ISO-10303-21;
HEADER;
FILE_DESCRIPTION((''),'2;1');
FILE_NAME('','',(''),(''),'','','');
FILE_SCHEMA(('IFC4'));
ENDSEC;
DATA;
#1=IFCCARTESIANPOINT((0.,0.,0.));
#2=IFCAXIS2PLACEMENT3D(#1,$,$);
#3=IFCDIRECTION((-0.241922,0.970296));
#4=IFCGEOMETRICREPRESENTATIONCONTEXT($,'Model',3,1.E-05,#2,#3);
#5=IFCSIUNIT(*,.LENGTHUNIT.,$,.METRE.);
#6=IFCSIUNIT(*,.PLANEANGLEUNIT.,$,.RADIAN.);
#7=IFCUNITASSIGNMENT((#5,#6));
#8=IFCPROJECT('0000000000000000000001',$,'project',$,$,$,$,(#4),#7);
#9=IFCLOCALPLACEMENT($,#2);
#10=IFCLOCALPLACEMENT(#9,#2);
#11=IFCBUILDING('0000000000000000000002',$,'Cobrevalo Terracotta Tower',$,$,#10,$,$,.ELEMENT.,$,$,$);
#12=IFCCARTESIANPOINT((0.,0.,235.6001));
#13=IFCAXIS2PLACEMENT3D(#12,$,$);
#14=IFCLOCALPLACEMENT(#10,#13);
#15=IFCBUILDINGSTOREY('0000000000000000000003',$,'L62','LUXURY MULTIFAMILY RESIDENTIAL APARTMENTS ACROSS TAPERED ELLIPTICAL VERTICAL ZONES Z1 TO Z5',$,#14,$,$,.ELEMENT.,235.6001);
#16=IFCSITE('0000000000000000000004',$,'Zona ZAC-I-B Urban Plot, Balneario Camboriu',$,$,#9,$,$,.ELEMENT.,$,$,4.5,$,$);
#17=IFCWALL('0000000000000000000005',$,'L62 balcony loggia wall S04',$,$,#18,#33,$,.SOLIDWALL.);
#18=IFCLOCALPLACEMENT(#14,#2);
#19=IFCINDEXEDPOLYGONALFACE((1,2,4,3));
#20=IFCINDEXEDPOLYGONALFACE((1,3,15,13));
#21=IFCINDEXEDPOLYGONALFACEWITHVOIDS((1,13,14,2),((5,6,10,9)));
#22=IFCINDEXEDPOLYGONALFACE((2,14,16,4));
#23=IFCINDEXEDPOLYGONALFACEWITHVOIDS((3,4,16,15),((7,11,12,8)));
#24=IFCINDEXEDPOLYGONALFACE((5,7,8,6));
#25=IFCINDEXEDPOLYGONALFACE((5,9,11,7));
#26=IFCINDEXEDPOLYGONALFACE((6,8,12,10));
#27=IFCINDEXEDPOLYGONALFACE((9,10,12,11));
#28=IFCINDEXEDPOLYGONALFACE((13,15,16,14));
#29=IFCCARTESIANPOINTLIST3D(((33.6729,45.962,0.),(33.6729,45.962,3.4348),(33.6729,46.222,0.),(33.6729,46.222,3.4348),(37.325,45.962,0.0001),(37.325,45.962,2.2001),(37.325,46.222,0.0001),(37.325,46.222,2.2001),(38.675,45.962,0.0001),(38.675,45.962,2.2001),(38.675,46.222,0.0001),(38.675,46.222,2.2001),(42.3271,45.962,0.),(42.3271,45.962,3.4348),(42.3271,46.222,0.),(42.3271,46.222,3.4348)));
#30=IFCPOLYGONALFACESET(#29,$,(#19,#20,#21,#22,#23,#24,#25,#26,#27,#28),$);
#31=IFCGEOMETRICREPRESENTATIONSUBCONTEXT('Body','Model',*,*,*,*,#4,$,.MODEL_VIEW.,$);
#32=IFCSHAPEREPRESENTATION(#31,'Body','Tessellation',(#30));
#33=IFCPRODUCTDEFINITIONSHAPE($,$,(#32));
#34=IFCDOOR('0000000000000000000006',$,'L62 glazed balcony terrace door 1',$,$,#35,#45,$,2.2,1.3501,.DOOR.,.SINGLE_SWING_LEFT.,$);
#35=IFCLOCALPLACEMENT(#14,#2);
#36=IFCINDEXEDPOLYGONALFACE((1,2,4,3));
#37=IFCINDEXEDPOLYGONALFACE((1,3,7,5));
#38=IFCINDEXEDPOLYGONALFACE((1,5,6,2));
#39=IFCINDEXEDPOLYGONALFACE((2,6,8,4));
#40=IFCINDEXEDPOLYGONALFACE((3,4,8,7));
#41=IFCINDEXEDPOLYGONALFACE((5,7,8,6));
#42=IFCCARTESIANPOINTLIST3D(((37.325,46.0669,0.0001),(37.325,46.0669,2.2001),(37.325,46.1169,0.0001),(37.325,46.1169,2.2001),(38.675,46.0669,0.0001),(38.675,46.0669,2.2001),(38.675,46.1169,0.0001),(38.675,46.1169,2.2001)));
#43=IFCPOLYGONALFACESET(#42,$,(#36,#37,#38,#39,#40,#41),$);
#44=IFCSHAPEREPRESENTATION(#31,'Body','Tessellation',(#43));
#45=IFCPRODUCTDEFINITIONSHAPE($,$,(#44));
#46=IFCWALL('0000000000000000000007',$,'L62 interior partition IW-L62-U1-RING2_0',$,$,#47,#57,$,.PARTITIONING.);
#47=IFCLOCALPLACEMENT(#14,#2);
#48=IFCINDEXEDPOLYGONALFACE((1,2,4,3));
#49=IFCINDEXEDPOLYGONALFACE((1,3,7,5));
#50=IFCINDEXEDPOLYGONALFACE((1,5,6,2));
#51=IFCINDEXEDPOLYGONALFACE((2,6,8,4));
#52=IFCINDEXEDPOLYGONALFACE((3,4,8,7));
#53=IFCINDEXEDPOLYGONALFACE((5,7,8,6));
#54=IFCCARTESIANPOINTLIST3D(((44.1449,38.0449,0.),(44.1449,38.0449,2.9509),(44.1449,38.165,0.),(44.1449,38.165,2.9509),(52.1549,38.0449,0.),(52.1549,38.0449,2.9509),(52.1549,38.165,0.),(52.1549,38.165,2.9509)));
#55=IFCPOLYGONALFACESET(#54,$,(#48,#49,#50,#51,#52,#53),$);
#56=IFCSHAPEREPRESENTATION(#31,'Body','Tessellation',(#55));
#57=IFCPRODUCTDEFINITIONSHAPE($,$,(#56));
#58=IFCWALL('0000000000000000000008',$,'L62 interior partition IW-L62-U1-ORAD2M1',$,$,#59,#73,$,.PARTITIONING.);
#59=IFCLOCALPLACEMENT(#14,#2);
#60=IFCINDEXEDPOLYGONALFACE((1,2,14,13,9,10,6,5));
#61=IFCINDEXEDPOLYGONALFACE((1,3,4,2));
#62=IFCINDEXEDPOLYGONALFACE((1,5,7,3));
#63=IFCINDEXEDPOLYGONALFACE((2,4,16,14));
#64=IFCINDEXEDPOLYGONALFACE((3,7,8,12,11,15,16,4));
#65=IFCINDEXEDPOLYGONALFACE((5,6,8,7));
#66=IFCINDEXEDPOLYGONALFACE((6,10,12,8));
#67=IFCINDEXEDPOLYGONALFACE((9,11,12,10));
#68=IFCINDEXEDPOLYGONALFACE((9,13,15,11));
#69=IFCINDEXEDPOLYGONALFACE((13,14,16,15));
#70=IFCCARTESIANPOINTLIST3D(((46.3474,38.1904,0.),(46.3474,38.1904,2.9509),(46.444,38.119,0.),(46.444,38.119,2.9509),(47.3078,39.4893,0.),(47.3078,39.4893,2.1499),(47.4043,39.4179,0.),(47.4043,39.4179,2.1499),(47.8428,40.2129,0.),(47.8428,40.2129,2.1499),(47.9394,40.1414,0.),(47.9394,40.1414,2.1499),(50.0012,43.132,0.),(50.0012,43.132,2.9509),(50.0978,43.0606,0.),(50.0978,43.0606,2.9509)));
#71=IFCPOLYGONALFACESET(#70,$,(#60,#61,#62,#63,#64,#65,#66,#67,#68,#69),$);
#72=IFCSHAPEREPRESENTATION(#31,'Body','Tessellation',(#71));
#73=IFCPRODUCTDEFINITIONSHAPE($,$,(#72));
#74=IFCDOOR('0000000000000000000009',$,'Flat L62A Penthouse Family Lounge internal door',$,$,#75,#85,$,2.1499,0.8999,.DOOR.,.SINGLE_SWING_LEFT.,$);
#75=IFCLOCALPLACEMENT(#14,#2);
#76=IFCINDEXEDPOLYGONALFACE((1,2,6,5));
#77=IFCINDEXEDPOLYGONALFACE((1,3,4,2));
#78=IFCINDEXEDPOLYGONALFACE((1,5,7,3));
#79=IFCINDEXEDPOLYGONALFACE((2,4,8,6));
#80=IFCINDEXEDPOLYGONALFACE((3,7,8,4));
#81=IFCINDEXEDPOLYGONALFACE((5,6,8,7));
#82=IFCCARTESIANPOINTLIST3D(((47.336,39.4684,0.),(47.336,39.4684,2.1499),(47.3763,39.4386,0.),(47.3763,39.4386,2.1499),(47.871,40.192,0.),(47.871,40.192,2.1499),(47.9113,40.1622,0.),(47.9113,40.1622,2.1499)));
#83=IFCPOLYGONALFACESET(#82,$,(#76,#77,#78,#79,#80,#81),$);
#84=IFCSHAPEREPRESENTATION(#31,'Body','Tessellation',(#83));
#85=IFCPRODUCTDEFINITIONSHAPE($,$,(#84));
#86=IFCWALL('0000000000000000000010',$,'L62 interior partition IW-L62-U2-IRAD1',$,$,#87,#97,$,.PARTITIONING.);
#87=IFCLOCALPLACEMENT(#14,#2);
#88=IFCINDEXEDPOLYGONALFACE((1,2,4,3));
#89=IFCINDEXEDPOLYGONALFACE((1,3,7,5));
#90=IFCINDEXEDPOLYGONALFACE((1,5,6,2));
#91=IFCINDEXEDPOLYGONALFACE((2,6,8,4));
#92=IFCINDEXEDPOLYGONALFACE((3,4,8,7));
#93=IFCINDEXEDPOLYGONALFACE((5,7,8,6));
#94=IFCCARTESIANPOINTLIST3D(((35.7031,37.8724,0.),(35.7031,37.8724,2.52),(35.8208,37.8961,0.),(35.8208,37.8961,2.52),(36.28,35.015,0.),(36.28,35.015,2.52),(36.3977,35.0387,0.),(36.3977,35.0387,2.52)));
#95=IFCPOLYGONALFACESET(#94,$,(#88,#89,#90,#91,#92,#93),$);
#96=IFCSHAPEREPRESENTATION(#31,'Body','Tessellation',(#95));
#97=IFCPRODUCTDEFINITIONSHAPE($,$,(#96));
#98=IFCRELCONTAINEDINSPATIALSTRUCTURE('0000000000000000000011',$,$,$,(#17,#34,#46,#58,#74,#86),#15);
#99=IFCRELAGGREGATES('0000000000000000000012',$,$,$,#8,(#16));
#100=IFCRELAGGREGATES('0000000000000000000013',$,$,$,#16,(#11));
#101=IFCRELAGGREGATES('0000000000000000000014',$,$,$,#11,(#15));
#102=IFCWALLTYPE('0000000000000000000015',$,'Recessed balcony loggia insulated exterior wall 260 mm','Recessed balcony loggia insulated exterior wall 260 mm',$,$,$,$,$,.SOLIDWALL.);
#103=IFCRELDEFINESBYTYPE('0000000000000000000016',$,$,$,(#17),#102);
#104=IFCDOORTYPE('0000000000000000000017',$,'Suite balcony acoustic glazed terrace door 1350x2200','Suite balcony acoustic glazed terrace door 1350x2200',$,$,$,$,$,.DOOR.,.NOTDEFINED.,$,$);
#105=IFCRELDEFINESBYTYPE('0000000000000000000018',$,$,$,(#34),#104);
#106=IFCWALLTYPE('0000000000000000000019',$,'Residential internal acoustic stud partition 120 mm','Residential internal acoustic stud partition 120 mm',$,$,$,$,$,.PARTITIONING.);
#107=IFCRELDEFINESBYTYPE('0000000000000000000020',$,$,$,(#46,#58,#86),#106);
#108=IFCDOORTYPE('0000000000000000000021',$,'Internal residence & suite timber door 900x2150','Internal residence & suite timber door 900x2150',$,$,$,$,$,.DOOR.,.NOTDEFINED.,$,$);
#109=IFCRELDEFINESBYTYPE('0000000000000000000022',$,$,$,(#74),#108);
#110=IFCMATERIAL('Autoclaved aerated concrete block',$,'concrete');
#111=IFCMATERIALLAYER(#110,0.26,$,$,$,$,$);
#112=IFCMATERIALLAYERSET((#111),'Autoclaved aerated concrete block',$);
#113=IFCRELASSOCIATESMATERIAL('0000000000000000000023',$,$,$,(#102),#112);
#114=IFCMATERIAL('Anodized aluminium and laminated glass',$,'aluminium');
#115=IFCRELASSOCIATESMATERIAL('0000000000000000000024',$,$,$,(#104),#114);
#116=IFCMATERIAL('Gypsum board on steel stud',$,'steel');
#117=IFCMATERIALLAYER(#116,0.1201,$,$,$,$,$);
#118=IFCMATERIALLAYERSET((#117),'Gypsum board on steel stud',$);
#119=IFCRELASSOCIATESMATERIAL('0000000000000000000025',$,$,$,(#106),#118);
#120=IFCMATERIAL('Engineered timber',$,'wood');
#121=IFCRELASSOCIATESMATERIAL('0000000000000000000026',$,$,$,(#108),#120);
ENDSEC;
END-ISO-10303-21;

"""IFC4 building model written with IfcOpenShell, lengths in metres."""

from ifc_helpers import new_model, si_unit, direction, frame, frame_2d, origin, place, context, subcontext, project, spatial, rectangle, extrude, source, transform, mapped, material, layer, layer_set, type_object, element, fill, save


model = new_model("IFC4")

# Units and contexts
model_context = context("Model", 3, precision=1e-05, world=origin(), true_north=direction((-0.241922, 0.970296)))
body_context = subcontext(model_context, "Body", "Model", "MODEL_VIEW")
ifc_project = project(units=[si_unit("LENGTHUNIT", "METRE"), si_unit("PLANEANGLEUNIT", "RADIAN")], contexts=[model_context])

# Site, building, storey
site_placement = place(None, origin())
site = spatial("IfcSite", under=ifc_project, at=site_placement, Name="Zona ZAC-I-B Urban Plot, Balneario Camboriu", CompositionType="ELEMENT", RefElevation=4.5)
building_placement = place(site_placement, origin())
building = spatial("IfcBuilding", under=site, at=building_placement, Name="Cobrevalo Terracotta Tower", CompositionType="ELEMENT")
storey_placement = place(building_placement, frame((0.0, 0.0, 235.6001)))
storey = spatial("IfcBuildingStorey", under=building, at=storey_placement, Name="L62", Description="LUXURY MULTIFAMILY RESIDENTIAL APARTMENTS ACROSS TAPERED ELLIPTICAL VERTICAL ZONES Z1 TO Z5", CompositionType="ELEMENT", Elevation=235.6001)

# Shared definitions
ifc_material_1 = material(Name="Gypsum board on steel stud", Category="steel")
ifc_material_2 = material(Name="Autoclaved aerated concrete block", Category="concrete")

# Wall, opening, door
ifc_layer_1 = layer(ifc_material_2, 0.26)
ifc_layer_set_1 = layer_set([ifc_layer_1], Name="Autoclaved aerated concrete block")
wall_type_1 = type_object("IfcWallType", Name="Recessed balcony loggia insulated exterior wall 260 mm", Description="Recessed balcony loggia insulated exterior wall 260 mm", PredefinedType="SOLIDWALL", material=ifc_layer_set_1)
wall_1_placement = place(storey_placement, frame((42.3271, 46.092, 0.0), z_axis=(0.0, 0.0, 1.0), x_axis=(-1.0, 0.0, 0.0)))
wall_1 = element("IfcWall", 1, at=wall_1_placement, inside=storey, type_object=wall_type_1, Name="L62 balcony loggia wall S04", PredefinedType="SOLIDWALL", context=body_context, shape_type="SweptSolid", body=[
    extrude(rectangle(XDim=8.6543, YDim=0.26, at=frame_2d((4.3271, 0.0))), origin(), (0.0, 0.0, 1.0), 3.4348),
])
opening_1_placement = place(wall_1_placement, frame((3.6521, 0.0, 0.0)))
opening_1 = element("IfcOpeningElement", 2, at=opening_1_placement, cuts=wall_1, PredefinedType="OPENING", context=body_context, shape_type="SweptSolid", body=[
    extrude(rectangle(XDim=1.3501, YDim=2.2, at=frame_2d((0.675, 1.1001))), frame((0.0, 0.1401, 0.0), z_axis=(0.0, -1.0, 0.0), x_axis=(1.0, 0.0, 0.0)), (0.0, 0.0, 1.0), 0.28),
])
ifc_material_3 = material(Name="Anodized aluminium and laminated glass", Category="aluminium")
door_type_1 = type_object("IfcDoorType", Name="Suite balcony acoustic glazed terrace door 1350x2200", Description="Suite balcony acoustic glazed terrace door 1350x2200", OperationType="NOTDEFINED", PredefinedType="DOOR", material=ifc_material_3)
shared_shape_1 = source(origin(), body_context, "Body", "SweptSolid", [
    extrude(rectangle(XDim=1.3501, YDim=2.2, at=frame_2d((0.675, 1.1001))), frame((0.0, 0.0249, 0.0), z_axis=(0.0, -1.0, 0.0), x_axis=(1.0, 0.0, 0.0)), (0.0, 0.0, 1.0), 0.05),
])
door_1_placement = place(opening_1_placement, frame((1.3501, 0.0, 0.0), z_axis=(0.0, 0.0, 1.0), x_axis=(-1.0, 0.0, 0.0)))
door_1 = element("IfcDoor", 3, at=door_1_placement, inside=storey, type_object=door_type_1, Name="L62 glazed balcony terrace door 1", OperationType="SINGLE_SWING_LEFT", OverallHeight=2.2, OverallWidth=1.3501, PredefinedType="DOOR", context=body_context, shape_type="MappedRepresentation", body=[
    mapped(shared_shape_1, transform((0.0, 0.0, 0.0), scale=1.0)),
])
fill(opening_1, door_1)
ifc_layer_2 = layer(ifc_material_1, 0.1201)
ifc_layer_set_2 = layer_set([ifc_layer_2], Name="Gypsum board on steel stud")
wall_type_2 = type_object("IfcWallType", Name="Residential internal acoustic stud partition 120 mm", Description="Residential internal acoustic stud partition 120 mm", PredefinedType="PARTITIONING", material=ifc_layer_set_2)
ifc_material_4 = material(Name="Engineered timber", Category="wood")
door_type_2 = type_object("IfcDoorType", Name="Internal residence & suite timber door 900x2150", Description="Internal residence & suite timber door 900x2150", OperationType="NOTDEFINED", PredefinedType="DOOR", material=ifc_material_4)
shared_shape_2 = source(origin(), body_context, "Body", "SweptSolid", [
    extrude(rectangle(XDim=0.8999, YDim=2.1499, at=frame_2d((0.45, 1.075))), frame((0.0, 0.0249, 0.0), z_axis=(0.0, -1.0, 0.0), x_axis=(1.0, 0.0, 0.0)), (0.0, 0.0, 1.0), 0.05),
])

# Wall
wall_2_placement = place(storey_placement, frame((44.145, 38.105, 0.0), z_axis=(0.0, 0.0, 1.0), x_axis=(1.0, 0.0, 0.0)))
element("IfcWall", 4, at=wall_2_placement, inside=storey, type_object=wall_type_2, Name="L62 interior partition IW-L62-U1-RING2_0", PredefinedType="PARTITIONING", context=body_context, shape_type="SweptSolid", body=[
    extrude(rectangle(XDim=8.01, YDim=0.1201, at=frame_2d((4.0049, 0.0))), origin(), (0.0, 0.0, 1.0), 2.9509),
])

# Wall, opening, door
wall_3_placement = place(storey_placement, frame((46.3958, 38.1548, 0.0), z_axis=(0.0, 0.0, 1.0), x_axis=(0.594526, 0.804076, 0.0)))
wall_3 = element("IfcWall", 5, at=wall_3_placement, inside=storey, type_object=wall_type_2, Name="L62 interior partition IW-L62-U1-ORAD2M1", PredefinedType="PARTITIONING", context=body_context, shape_type="SweptSolid", body=[
    extrude(rectangle(XDim=6.1458, YDim=0.1201, at=frame_2d((3.0728, 0.0))), origin(), (0.0, 0.0, 1.0), 2.9509),
])
opening_2_placement = place(wall_3_placement, frame((1.6152, 0.0, 0.0)))
opening_2 = element("IfcOpeningElement", 6, at=opening_2_placement, cuts=wall_3, PredefinedType="OPENING", context=body_context, shape_type="SweptSolid", body=[
    extrude(rectangle(XDim=0.8999, YDim=2.1499, at=frame_2d((0.45, 1.075))), frame((0.0, 0.0701, 0.0), z_axis=(0.0, -1.0, 0.0), x_axis=(1.0, 0.0, 0.0)), (0.0, 0.0, 1.0), 0.1401),
])
door_2_placement = place(opening_2_placement, origin())
door_2 = element("IfcDoor", 7, at=door_2_placement, inside=storey, type_object=door_type_2, Name="Flat L62A Penthouse Family Lounge internal door", OperationType="SINGLE_SWING_LEFT", OverallHeight=2.1499, OverallWidth=0.8999, PredefinedType="DOOR", context=body_context, shape_type="MappedRepresentation", body=[
    mapped(shared_shape_2, transform((0.0, 0.0, 0.0), scale=1.0)),
])
fill(opening_2, door_2)

# Wall
wall_4_placement = place(storey_placement, frame((36.3389, 35.0269, 0.0), z_axis=(0.0, 0.0, 1.0), x_axis=(-0.197904, 0.980221, 0.0)))
element("IfcWall", 8, at=wall_4_placement, inside=storey, type_object=wall_type_2, Name="L62 interior partition IW-L62-U2-IRAD1", PredefinedType="PARTITIONING", context=body_context, shape_type="SweptSolid", body=[
    extrude(rectangle(XDim=2.915, YDim=0.1201, at=frame_2d((1.4575, 0.0))), origin(), (0.0, 0.0, 1.0), 2.52),
])

save(model, "model.ifc")
